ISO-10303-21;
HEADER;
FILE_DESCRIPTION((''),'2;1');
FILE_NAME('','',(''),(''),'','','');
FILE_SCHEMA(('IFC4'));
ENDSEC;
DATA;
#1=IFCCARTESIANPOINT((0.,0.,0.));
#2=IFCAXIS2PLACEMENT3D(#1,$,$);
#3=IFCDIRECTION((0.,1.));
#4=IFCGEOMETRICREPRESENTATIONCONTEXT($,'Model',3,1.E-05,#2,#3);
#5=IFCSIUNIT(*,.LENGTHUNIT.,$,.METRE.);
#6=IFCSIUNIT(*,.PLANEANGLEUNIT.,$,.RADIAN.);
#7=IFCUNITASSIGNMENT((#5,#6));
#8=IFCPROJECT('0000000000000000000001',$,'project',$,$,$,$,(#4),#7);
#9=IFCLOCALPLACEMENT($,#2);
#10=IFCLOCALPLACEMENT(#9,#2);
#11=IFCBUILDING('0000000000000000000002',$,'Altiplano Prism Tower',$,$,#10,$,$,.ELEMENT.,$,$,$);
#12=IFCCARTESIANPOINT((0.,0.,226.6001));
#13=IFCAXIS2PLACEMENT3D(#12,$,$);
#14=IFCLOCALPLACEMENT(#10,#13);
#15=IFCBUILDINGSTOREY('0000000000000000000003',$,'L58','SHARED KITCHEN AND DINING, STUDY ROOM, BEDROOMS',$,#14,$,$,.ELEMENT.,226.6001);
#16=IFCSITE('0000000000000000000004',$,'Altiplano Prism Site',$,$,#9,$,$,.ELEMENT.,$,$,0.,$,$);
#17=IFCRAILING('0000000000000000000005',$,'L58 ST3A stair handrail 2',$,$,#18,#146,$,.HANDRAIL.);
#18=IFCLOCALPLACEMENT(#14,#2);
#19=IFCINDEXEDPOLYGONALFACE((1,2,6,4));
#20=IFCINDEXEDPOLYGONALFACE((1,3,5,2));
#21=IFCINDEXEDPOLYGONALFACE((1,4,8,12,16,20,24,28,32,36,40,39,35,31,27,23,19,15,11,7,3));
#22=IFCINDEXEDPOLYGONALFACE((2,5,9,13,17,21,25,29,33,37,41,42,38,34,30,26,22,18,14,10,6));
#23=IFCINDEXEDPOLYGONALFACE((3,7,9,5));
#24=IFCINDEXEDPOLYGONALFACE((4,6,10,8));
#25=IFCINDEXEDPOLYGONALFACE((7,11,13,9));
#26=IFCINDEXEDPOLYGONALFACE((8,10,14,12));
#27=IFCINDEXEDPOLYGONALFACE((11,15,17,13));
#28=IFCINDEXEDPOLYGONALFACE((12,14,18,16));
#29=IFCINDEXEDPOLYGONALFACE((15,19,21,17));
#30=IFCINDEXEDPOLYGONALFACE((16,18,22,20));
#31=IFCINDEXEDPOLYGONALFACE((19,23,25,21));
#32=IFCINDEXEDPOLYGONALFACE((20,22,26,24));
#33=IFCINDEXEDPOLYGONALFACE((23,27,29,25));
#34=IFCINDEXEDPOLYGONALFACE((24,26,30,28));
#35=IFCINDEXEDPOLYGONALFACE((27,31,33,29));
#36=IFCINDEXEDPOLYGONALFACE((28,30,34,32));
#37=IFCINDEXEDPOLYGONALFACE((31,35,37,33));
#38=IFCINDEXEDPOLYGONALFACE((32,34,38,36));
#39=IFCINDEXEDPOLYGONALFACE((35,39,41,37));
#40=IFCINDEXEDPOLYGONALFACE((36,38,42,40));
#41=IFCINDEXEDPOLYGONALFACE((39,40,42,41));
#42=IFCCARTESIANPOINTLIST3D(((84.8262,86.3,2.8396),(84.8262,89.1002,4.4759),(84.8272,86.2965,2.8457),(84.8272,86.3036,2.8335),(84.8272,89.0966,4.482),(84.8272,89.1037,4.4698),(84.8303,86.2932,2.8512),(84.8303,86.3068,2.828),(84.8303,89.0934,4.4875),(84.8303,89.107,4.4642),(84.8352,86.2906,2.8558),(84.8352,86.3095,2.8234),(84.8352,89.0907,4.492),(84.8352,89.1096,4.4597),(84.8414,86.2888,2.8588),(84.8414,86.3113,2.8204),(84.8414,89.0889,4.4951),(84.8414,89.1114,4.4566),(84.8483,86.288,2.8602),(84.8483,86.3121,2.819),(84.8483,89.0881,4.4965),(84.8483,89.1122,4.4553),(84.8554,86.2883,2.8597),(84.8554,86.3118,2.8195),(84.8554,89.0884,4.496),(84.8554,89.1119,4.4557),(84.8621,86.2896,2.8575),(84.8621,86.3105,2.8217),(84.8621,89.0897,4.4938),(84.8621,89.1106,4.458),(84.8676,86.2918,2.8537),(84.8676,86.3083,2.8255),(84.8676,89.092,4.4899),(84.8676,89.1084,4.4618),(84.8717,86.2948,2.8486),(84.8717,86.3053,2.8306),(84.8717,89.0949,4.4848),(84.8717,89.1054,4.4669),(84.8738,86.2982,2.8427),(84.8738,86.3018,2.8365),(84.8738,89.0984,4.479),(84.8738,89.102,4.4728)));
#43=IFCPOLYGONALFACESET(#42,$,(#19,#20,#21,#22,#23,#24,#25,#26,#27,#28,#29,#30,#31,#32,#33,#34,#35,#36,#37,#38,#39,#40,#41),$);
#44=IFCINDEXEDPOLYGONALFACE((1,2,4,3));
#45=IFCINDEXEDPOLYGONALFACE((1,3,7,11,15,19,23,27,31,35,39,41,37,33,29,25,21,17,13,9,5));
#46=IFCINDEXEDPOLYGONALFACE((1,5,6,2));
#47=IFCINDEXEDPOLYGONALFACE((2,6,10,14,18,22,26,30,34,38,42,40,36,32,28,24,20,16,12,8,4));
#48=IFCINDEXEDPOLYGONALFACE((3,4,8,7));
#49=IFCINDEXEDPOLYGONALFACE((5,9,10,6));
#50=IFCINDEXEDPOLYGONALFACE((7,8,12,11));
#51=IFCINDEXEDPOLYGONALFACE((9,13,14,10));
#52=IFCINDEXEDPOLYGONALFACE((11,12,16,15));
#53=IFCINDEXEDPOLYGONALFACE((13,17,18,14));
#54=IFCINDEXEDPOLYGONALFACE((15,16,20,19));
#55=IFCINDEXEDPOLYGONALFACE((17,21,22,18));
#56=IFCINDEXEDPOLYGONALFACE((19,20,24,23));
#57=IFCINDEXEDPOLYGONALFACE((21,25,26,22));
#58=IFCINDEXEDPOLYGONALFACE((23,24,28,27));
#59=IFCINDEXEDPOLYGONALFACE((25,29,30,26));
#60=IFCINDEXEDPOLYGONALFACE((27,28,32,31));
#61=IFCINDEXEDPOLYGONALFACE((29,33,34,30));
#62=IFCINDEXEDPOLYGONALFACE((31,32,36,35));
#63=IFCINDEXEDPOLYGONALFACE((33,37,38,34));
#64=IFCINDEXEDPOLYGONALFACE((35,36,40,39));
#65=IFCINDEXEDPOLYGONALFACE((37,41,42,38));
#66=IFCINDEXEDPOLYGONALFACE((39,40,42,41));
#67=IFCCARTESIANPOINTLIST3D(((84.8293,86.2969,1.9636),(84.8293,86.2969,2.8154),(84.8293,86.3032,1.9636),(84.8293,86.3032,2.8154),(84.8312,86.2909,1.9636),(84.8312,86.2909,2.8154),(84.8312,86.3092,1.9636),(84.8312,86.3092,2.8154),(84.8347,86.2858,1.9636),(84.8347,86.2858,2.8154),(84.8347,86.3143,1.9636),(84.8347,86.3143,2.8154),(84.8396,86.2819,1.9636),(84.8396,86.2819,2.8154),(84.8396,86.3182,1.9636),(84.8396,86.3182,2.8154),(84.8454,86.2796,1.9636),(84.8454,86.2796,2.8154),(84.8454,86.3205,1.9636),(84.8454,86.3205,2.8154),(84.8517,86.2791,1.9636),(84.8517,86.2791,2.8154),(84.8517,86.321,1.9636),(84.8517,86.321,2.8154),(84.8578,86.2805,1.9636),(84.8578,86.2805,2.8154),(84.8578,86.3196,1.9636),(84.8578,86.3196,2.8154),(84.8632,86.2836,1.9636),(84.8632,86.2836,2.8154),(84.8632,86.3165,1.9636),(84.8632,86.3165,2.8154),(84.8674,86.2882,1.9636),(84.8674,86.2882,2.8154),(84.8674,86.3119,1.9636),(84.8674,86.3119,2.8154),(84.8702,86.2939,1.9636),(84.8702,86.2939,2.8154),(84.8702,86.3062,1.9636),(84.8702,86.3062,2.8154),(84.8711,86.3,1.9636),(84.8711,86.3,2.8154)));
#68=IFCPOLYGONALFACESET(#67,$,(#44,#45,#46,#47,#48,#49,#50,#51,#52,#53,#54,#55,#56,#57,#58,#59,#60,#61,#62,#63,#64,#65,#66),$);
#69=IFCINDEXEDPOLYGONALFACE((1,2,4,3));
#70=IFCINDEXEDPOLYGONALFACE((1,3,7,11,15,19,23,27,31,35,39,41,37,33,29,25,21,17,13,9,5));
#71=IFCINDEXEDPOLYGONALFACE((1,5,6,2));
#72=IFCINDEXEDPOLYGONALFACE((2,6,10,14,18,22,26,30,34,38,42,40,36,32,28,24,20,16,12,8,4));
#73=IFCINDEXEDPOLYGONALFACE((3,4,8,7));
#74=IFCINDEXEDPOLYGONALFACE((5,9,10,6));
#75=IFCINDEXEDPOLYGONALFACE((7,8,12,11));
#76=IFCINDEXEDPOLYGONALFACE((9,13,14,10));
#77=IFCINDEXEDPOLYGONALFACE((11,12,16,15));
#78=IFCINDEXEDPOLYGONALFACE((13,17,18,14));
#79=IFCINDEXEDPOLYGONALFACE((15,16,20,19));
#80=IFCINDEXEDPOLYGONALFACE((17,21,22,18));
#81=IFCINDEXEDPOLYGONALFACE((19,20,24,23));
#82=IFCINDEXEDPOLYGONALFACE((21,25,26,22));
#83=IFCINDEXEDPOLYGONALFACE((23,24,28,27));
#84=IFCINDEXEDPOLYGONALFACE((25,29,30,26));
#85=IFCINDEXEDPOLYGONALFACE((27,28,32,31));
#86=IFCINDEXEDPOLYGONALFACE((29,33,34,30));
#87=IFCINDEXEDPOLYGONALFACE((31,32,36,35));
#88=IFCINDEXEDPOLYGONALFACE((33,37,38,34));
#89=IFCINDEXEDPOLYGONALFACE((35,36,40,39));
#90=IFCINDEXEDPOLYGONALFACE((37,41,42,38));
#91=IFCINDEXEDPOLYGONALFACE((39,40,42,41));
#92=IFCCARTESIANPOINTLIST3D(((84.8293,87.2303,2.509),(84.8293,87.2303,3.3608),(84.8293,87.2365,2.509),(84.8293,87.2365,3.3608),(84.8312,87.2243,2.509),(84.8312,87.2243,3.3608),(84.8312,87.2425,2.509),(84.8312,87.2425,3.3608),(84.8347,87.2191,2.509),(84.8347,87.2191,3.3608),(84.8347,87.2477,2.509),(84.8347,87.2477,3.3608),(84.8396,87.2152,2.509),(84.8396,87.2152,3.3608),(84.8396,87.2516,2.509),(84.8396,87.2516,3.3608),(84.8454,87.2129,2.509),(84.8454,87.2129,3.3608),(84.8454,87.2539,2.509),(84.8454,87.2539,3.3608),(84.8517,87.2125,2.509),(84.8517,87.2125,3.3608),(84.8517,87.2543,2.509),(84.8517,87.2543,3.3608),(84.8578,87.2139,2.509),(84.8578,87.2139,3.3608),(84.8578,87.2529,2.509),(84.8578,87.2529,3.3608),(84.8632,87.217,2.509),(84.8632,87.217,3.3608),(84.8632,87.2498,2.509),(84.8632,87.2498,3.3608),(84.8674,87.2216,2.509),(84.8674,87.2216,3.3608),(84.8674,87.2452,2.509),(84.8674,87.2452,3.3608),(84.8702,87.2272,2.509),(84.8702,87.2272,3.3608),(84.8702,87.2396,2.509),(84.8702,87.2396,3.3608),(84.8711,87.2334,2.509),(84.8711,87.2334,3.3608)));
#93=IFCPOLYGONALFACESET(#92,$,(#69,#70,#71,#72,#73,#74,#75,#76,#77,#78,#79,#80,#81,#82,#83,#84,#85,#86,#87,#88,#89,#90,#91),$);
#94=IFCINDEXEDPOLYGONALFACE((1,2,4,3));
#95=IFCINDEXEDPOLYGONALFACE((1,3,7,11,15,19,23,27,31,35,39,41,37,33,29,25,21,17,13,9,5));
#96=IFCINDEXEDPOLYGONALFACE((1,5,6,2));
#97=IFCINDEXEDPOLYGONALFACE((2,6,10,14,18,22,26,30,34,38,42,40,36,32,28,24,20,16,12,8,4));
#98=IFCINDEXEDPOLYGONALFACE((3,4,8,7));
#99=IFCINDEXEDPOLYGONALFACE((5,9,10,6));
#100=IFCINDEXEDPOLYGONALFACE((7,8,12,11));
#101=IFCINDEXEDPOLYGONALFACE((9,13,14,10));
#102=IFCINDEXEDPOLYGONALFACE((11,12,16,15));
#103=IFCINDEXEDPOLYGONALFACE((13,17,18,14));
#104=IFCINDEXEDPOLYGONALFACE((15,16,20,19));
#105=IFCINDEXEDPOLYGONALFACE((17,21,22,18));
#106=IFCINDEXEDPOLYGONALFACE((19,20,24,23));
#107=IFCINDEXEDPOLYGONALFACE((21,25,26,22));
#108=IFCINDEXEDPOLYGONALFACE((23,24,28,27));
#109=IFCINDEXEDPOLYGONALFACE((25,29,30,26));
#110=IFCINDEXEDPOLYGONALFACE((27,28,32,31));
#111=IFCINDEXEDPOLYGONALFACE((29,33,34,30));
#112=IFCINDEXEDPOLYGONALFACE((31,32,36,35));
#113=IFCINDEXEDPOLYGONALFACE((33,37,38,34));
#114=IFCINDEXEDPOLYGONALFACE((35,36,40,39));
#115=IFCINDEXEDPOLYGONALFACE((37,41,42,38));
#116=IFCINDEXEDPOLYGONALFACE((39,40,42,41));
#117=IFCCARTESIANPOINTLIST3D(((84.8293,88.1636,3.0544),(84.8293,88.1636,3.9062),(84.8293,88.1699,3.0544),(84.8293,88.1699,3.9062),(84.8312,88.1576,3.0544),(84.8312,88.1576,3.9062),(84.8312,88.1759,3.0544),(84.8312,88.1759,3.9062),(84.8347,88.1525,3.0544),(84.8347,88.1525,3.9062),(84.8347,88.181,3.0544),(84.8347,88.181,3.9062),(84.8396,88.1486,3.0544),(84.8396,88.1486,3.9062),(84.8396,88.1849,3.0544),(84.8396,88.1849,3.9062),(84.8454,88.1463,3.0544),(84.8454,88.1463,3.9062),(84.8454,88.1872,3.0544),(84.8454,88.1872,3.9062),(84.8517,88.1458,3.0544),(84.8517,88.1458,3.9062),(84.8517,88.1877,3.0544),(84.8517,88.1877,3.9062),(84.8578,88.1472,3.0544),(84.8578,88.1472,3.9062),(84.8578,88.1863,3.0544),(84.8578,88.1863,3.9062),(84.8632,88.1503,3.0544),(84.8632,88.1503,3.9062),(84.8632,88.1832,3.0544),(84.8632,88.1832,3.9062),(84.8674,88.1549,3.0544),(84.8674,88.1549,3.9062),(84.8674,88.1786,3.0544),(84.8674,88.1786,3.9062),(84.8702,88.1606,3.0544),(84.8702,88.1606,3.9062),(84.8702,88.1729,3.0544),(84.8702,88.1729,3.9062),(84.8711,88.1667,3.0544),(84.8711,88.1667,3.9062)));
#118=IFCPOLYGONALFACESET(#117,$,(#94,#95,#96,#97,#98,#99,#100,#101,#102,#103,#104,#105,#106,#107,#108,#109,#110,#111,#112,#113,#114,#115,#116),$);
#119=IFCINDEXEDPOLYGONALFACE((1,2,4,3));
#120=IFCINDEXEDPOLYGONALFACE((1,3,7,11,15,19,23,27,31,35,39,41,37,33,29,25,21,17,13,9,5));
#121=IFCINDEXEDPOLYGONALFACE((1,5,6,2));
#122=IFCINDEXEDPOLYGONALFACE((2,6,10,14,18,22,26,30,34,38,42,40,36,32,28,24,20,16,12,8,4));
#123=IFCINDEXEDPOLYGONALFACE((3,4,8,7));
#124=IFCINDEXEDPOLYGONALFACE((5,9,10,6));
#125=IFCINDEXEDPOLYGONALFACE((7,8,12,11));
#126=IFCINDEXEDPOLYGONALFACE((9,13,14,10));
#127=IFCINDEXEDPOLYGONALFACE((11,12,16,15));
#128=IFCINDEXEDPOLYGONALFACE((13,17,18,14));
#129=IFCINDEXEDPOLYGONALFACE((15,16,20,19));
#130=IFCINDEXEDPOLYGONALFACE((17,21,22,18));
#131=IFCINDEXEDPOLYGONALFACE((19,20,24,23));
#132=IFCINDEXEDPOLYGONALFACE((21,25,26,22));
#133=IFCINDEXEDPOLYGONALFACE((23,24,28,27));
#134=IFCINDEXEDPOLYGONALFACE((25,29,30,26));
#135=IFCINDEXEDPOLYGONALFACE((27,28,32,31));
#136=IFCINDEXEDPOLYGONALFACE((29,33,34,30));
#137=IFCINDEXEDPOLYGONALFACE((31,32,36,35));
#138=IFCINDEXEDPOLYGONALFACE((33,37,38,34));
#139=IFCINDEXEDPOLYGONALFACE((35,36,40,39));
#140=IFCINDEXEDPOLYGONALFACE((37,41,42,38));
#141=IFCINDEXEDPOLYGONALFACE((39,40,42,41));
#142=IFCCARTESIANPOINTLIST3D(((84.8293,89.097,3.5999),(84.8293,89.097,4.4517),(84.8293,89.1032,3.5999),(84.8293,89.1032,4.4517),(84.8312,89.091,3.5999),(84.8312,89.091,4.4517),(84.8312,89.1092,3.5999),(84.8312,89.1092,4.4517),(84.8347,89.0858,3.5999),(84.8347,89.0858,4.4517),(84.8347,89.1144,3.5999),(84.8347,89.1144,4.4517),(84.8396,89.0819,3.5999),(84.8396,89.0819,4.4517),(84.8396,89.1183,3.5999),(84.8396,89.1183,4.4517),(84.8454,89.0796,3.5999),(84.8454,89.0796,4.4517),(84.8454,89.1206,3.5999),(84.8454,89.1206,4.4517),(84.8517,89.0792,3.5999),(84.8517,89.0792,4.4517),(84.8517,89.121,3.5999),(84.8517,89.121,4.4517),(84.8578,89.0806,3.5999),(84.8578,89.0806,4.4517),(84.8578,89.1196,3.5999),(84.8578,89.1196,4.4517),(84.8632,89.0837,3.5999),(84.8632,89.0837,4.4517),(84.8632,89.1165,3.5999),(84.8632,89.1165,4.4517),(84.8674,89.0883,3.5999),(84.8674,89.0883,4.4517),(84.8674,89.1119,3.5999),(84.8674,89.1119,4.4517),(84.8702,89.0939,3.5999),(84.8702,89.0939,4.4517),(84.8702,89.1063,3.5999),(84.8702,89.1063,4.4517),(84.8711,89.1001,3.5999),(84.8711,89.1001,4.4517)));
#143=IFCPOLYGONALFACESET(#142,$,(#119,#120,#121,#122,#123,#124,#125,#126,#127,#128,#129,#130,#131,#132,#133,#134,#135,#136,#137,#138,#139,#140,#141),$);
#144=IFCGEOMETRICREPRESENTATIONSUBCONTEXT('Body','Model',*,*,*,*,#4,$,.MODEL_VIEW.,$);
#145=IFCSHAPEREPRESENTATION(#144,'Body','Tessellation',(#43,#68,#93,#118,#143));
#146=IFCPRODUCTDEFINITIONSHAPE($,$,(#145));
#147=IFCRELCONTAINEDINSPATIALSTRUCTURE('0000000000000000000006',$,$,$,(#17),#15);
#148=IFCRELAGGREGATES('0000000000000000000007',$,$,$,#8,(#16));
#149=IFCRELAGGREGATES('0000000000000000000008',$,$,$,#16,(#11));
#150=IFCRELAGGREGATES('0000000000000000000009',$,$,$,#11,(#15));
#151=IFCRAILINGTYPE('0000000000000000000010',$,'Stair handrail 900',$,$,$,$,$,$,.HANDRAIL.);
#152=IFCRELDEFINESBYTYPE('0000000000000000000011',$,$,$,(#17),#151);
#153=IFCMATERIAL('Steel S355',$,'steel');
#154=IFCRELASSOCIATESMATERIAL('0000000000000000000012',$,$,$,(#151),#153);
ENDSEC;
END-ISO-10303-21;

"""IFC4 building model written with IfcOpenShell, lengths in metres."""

from ifc_helpers import new_model, si_unit, direction, frame, origin, origin_2d, place, context, subcontext, project, spatial, circle, extrude, material, type_object, element, save


model = new_model("IFC4")

# Units and contexts
model_context = context("Model", 3, precision=1e-05, world=origin(), true_north=direction((0.0, 1.0)))
body_context = subcontext(model_context, "Body", "Model", "MODEL_VIEW")
ifc_project = project(units=[si_unit("LENGTHUNIT", "METRE"), si_unit("PLANEANGLEUNIT", "RADIAN")], contexts=[model_context])

# Site, building, storey
site_placement = place(None, origin())
site = spatial("IfcSite", under=ifc_project, at=site_placement, Name="Altiplano Prism Site", CompositionType="ELEMENT", RefElevation=0.0)
building_placement = place(site_placement, origin())
building = spatial("IfcBuilding", under=site, at=building_placement, Name="Altiplano Prism Tower", CompositionType="ELEMENT")
storey_placement = place(building_placement, frame((0.0, 0.0, 226.6001)))
storey = spatial("IfcBuildingStorey", under=building, at=storey_placement, Name="L58", Description="SHARED KITCHEN AND DINING, STUDY ROOM, BEDROOMS", CompositionType="ELEMENT", Elevation=226.6001)

# Railing
ifc_material_1 = material(Name="Steel S355", Category="steel")
railing_type = type_object("IfcRailingType", Name="Stair handrail 900", PredefinedType="HANDRAIL", material=ifc_material_1)
railing_1_placement = place(storey_placement, frame((84.8501, 86.3, 1.9636)))
element("IfcRailing", 1, at=railing_1_placement, inside=storey, type_object=railing_type, Name="L58 ST3A stair handrail 2", PredefinedType="HANDRAIL", context=body_context, shape_type="SweptSolid", body=[
    extrude(circle(Radius=0.0239, at=origin_2d()), frame((0.0, 0.0, 0.876), z_axis=(0.0, 0.863394, 0.504531), x_axis=(-1.0, 0.0, 0.0)), (0.0, 0.0, 1.0), 3.2432),
    extrude(circle(Radius=0.021, at=origin_2d()), origin(), (0.0, 0.0, 1.0), 0.8518),
    extrude(circle(Radius=0.021, at=origin_2d()), frame((0.0, 0.9333, 0.5454)), (0.0, 0.0, 1.0), 0.8518),
    extrude(circle(Radius=0.021, at=origin_2d()), frame((0.0, 1.8667, 1.0908)), (0.0, 0.0, 1.0), 0.8518),
    extrude(circle(Radius=0.021, at=origin_2d()), frame((0.0, 2.8, 1.6362)), (0.0, 0.0, 1.0), 0.8518),
])

save(model, "model.ifc")
